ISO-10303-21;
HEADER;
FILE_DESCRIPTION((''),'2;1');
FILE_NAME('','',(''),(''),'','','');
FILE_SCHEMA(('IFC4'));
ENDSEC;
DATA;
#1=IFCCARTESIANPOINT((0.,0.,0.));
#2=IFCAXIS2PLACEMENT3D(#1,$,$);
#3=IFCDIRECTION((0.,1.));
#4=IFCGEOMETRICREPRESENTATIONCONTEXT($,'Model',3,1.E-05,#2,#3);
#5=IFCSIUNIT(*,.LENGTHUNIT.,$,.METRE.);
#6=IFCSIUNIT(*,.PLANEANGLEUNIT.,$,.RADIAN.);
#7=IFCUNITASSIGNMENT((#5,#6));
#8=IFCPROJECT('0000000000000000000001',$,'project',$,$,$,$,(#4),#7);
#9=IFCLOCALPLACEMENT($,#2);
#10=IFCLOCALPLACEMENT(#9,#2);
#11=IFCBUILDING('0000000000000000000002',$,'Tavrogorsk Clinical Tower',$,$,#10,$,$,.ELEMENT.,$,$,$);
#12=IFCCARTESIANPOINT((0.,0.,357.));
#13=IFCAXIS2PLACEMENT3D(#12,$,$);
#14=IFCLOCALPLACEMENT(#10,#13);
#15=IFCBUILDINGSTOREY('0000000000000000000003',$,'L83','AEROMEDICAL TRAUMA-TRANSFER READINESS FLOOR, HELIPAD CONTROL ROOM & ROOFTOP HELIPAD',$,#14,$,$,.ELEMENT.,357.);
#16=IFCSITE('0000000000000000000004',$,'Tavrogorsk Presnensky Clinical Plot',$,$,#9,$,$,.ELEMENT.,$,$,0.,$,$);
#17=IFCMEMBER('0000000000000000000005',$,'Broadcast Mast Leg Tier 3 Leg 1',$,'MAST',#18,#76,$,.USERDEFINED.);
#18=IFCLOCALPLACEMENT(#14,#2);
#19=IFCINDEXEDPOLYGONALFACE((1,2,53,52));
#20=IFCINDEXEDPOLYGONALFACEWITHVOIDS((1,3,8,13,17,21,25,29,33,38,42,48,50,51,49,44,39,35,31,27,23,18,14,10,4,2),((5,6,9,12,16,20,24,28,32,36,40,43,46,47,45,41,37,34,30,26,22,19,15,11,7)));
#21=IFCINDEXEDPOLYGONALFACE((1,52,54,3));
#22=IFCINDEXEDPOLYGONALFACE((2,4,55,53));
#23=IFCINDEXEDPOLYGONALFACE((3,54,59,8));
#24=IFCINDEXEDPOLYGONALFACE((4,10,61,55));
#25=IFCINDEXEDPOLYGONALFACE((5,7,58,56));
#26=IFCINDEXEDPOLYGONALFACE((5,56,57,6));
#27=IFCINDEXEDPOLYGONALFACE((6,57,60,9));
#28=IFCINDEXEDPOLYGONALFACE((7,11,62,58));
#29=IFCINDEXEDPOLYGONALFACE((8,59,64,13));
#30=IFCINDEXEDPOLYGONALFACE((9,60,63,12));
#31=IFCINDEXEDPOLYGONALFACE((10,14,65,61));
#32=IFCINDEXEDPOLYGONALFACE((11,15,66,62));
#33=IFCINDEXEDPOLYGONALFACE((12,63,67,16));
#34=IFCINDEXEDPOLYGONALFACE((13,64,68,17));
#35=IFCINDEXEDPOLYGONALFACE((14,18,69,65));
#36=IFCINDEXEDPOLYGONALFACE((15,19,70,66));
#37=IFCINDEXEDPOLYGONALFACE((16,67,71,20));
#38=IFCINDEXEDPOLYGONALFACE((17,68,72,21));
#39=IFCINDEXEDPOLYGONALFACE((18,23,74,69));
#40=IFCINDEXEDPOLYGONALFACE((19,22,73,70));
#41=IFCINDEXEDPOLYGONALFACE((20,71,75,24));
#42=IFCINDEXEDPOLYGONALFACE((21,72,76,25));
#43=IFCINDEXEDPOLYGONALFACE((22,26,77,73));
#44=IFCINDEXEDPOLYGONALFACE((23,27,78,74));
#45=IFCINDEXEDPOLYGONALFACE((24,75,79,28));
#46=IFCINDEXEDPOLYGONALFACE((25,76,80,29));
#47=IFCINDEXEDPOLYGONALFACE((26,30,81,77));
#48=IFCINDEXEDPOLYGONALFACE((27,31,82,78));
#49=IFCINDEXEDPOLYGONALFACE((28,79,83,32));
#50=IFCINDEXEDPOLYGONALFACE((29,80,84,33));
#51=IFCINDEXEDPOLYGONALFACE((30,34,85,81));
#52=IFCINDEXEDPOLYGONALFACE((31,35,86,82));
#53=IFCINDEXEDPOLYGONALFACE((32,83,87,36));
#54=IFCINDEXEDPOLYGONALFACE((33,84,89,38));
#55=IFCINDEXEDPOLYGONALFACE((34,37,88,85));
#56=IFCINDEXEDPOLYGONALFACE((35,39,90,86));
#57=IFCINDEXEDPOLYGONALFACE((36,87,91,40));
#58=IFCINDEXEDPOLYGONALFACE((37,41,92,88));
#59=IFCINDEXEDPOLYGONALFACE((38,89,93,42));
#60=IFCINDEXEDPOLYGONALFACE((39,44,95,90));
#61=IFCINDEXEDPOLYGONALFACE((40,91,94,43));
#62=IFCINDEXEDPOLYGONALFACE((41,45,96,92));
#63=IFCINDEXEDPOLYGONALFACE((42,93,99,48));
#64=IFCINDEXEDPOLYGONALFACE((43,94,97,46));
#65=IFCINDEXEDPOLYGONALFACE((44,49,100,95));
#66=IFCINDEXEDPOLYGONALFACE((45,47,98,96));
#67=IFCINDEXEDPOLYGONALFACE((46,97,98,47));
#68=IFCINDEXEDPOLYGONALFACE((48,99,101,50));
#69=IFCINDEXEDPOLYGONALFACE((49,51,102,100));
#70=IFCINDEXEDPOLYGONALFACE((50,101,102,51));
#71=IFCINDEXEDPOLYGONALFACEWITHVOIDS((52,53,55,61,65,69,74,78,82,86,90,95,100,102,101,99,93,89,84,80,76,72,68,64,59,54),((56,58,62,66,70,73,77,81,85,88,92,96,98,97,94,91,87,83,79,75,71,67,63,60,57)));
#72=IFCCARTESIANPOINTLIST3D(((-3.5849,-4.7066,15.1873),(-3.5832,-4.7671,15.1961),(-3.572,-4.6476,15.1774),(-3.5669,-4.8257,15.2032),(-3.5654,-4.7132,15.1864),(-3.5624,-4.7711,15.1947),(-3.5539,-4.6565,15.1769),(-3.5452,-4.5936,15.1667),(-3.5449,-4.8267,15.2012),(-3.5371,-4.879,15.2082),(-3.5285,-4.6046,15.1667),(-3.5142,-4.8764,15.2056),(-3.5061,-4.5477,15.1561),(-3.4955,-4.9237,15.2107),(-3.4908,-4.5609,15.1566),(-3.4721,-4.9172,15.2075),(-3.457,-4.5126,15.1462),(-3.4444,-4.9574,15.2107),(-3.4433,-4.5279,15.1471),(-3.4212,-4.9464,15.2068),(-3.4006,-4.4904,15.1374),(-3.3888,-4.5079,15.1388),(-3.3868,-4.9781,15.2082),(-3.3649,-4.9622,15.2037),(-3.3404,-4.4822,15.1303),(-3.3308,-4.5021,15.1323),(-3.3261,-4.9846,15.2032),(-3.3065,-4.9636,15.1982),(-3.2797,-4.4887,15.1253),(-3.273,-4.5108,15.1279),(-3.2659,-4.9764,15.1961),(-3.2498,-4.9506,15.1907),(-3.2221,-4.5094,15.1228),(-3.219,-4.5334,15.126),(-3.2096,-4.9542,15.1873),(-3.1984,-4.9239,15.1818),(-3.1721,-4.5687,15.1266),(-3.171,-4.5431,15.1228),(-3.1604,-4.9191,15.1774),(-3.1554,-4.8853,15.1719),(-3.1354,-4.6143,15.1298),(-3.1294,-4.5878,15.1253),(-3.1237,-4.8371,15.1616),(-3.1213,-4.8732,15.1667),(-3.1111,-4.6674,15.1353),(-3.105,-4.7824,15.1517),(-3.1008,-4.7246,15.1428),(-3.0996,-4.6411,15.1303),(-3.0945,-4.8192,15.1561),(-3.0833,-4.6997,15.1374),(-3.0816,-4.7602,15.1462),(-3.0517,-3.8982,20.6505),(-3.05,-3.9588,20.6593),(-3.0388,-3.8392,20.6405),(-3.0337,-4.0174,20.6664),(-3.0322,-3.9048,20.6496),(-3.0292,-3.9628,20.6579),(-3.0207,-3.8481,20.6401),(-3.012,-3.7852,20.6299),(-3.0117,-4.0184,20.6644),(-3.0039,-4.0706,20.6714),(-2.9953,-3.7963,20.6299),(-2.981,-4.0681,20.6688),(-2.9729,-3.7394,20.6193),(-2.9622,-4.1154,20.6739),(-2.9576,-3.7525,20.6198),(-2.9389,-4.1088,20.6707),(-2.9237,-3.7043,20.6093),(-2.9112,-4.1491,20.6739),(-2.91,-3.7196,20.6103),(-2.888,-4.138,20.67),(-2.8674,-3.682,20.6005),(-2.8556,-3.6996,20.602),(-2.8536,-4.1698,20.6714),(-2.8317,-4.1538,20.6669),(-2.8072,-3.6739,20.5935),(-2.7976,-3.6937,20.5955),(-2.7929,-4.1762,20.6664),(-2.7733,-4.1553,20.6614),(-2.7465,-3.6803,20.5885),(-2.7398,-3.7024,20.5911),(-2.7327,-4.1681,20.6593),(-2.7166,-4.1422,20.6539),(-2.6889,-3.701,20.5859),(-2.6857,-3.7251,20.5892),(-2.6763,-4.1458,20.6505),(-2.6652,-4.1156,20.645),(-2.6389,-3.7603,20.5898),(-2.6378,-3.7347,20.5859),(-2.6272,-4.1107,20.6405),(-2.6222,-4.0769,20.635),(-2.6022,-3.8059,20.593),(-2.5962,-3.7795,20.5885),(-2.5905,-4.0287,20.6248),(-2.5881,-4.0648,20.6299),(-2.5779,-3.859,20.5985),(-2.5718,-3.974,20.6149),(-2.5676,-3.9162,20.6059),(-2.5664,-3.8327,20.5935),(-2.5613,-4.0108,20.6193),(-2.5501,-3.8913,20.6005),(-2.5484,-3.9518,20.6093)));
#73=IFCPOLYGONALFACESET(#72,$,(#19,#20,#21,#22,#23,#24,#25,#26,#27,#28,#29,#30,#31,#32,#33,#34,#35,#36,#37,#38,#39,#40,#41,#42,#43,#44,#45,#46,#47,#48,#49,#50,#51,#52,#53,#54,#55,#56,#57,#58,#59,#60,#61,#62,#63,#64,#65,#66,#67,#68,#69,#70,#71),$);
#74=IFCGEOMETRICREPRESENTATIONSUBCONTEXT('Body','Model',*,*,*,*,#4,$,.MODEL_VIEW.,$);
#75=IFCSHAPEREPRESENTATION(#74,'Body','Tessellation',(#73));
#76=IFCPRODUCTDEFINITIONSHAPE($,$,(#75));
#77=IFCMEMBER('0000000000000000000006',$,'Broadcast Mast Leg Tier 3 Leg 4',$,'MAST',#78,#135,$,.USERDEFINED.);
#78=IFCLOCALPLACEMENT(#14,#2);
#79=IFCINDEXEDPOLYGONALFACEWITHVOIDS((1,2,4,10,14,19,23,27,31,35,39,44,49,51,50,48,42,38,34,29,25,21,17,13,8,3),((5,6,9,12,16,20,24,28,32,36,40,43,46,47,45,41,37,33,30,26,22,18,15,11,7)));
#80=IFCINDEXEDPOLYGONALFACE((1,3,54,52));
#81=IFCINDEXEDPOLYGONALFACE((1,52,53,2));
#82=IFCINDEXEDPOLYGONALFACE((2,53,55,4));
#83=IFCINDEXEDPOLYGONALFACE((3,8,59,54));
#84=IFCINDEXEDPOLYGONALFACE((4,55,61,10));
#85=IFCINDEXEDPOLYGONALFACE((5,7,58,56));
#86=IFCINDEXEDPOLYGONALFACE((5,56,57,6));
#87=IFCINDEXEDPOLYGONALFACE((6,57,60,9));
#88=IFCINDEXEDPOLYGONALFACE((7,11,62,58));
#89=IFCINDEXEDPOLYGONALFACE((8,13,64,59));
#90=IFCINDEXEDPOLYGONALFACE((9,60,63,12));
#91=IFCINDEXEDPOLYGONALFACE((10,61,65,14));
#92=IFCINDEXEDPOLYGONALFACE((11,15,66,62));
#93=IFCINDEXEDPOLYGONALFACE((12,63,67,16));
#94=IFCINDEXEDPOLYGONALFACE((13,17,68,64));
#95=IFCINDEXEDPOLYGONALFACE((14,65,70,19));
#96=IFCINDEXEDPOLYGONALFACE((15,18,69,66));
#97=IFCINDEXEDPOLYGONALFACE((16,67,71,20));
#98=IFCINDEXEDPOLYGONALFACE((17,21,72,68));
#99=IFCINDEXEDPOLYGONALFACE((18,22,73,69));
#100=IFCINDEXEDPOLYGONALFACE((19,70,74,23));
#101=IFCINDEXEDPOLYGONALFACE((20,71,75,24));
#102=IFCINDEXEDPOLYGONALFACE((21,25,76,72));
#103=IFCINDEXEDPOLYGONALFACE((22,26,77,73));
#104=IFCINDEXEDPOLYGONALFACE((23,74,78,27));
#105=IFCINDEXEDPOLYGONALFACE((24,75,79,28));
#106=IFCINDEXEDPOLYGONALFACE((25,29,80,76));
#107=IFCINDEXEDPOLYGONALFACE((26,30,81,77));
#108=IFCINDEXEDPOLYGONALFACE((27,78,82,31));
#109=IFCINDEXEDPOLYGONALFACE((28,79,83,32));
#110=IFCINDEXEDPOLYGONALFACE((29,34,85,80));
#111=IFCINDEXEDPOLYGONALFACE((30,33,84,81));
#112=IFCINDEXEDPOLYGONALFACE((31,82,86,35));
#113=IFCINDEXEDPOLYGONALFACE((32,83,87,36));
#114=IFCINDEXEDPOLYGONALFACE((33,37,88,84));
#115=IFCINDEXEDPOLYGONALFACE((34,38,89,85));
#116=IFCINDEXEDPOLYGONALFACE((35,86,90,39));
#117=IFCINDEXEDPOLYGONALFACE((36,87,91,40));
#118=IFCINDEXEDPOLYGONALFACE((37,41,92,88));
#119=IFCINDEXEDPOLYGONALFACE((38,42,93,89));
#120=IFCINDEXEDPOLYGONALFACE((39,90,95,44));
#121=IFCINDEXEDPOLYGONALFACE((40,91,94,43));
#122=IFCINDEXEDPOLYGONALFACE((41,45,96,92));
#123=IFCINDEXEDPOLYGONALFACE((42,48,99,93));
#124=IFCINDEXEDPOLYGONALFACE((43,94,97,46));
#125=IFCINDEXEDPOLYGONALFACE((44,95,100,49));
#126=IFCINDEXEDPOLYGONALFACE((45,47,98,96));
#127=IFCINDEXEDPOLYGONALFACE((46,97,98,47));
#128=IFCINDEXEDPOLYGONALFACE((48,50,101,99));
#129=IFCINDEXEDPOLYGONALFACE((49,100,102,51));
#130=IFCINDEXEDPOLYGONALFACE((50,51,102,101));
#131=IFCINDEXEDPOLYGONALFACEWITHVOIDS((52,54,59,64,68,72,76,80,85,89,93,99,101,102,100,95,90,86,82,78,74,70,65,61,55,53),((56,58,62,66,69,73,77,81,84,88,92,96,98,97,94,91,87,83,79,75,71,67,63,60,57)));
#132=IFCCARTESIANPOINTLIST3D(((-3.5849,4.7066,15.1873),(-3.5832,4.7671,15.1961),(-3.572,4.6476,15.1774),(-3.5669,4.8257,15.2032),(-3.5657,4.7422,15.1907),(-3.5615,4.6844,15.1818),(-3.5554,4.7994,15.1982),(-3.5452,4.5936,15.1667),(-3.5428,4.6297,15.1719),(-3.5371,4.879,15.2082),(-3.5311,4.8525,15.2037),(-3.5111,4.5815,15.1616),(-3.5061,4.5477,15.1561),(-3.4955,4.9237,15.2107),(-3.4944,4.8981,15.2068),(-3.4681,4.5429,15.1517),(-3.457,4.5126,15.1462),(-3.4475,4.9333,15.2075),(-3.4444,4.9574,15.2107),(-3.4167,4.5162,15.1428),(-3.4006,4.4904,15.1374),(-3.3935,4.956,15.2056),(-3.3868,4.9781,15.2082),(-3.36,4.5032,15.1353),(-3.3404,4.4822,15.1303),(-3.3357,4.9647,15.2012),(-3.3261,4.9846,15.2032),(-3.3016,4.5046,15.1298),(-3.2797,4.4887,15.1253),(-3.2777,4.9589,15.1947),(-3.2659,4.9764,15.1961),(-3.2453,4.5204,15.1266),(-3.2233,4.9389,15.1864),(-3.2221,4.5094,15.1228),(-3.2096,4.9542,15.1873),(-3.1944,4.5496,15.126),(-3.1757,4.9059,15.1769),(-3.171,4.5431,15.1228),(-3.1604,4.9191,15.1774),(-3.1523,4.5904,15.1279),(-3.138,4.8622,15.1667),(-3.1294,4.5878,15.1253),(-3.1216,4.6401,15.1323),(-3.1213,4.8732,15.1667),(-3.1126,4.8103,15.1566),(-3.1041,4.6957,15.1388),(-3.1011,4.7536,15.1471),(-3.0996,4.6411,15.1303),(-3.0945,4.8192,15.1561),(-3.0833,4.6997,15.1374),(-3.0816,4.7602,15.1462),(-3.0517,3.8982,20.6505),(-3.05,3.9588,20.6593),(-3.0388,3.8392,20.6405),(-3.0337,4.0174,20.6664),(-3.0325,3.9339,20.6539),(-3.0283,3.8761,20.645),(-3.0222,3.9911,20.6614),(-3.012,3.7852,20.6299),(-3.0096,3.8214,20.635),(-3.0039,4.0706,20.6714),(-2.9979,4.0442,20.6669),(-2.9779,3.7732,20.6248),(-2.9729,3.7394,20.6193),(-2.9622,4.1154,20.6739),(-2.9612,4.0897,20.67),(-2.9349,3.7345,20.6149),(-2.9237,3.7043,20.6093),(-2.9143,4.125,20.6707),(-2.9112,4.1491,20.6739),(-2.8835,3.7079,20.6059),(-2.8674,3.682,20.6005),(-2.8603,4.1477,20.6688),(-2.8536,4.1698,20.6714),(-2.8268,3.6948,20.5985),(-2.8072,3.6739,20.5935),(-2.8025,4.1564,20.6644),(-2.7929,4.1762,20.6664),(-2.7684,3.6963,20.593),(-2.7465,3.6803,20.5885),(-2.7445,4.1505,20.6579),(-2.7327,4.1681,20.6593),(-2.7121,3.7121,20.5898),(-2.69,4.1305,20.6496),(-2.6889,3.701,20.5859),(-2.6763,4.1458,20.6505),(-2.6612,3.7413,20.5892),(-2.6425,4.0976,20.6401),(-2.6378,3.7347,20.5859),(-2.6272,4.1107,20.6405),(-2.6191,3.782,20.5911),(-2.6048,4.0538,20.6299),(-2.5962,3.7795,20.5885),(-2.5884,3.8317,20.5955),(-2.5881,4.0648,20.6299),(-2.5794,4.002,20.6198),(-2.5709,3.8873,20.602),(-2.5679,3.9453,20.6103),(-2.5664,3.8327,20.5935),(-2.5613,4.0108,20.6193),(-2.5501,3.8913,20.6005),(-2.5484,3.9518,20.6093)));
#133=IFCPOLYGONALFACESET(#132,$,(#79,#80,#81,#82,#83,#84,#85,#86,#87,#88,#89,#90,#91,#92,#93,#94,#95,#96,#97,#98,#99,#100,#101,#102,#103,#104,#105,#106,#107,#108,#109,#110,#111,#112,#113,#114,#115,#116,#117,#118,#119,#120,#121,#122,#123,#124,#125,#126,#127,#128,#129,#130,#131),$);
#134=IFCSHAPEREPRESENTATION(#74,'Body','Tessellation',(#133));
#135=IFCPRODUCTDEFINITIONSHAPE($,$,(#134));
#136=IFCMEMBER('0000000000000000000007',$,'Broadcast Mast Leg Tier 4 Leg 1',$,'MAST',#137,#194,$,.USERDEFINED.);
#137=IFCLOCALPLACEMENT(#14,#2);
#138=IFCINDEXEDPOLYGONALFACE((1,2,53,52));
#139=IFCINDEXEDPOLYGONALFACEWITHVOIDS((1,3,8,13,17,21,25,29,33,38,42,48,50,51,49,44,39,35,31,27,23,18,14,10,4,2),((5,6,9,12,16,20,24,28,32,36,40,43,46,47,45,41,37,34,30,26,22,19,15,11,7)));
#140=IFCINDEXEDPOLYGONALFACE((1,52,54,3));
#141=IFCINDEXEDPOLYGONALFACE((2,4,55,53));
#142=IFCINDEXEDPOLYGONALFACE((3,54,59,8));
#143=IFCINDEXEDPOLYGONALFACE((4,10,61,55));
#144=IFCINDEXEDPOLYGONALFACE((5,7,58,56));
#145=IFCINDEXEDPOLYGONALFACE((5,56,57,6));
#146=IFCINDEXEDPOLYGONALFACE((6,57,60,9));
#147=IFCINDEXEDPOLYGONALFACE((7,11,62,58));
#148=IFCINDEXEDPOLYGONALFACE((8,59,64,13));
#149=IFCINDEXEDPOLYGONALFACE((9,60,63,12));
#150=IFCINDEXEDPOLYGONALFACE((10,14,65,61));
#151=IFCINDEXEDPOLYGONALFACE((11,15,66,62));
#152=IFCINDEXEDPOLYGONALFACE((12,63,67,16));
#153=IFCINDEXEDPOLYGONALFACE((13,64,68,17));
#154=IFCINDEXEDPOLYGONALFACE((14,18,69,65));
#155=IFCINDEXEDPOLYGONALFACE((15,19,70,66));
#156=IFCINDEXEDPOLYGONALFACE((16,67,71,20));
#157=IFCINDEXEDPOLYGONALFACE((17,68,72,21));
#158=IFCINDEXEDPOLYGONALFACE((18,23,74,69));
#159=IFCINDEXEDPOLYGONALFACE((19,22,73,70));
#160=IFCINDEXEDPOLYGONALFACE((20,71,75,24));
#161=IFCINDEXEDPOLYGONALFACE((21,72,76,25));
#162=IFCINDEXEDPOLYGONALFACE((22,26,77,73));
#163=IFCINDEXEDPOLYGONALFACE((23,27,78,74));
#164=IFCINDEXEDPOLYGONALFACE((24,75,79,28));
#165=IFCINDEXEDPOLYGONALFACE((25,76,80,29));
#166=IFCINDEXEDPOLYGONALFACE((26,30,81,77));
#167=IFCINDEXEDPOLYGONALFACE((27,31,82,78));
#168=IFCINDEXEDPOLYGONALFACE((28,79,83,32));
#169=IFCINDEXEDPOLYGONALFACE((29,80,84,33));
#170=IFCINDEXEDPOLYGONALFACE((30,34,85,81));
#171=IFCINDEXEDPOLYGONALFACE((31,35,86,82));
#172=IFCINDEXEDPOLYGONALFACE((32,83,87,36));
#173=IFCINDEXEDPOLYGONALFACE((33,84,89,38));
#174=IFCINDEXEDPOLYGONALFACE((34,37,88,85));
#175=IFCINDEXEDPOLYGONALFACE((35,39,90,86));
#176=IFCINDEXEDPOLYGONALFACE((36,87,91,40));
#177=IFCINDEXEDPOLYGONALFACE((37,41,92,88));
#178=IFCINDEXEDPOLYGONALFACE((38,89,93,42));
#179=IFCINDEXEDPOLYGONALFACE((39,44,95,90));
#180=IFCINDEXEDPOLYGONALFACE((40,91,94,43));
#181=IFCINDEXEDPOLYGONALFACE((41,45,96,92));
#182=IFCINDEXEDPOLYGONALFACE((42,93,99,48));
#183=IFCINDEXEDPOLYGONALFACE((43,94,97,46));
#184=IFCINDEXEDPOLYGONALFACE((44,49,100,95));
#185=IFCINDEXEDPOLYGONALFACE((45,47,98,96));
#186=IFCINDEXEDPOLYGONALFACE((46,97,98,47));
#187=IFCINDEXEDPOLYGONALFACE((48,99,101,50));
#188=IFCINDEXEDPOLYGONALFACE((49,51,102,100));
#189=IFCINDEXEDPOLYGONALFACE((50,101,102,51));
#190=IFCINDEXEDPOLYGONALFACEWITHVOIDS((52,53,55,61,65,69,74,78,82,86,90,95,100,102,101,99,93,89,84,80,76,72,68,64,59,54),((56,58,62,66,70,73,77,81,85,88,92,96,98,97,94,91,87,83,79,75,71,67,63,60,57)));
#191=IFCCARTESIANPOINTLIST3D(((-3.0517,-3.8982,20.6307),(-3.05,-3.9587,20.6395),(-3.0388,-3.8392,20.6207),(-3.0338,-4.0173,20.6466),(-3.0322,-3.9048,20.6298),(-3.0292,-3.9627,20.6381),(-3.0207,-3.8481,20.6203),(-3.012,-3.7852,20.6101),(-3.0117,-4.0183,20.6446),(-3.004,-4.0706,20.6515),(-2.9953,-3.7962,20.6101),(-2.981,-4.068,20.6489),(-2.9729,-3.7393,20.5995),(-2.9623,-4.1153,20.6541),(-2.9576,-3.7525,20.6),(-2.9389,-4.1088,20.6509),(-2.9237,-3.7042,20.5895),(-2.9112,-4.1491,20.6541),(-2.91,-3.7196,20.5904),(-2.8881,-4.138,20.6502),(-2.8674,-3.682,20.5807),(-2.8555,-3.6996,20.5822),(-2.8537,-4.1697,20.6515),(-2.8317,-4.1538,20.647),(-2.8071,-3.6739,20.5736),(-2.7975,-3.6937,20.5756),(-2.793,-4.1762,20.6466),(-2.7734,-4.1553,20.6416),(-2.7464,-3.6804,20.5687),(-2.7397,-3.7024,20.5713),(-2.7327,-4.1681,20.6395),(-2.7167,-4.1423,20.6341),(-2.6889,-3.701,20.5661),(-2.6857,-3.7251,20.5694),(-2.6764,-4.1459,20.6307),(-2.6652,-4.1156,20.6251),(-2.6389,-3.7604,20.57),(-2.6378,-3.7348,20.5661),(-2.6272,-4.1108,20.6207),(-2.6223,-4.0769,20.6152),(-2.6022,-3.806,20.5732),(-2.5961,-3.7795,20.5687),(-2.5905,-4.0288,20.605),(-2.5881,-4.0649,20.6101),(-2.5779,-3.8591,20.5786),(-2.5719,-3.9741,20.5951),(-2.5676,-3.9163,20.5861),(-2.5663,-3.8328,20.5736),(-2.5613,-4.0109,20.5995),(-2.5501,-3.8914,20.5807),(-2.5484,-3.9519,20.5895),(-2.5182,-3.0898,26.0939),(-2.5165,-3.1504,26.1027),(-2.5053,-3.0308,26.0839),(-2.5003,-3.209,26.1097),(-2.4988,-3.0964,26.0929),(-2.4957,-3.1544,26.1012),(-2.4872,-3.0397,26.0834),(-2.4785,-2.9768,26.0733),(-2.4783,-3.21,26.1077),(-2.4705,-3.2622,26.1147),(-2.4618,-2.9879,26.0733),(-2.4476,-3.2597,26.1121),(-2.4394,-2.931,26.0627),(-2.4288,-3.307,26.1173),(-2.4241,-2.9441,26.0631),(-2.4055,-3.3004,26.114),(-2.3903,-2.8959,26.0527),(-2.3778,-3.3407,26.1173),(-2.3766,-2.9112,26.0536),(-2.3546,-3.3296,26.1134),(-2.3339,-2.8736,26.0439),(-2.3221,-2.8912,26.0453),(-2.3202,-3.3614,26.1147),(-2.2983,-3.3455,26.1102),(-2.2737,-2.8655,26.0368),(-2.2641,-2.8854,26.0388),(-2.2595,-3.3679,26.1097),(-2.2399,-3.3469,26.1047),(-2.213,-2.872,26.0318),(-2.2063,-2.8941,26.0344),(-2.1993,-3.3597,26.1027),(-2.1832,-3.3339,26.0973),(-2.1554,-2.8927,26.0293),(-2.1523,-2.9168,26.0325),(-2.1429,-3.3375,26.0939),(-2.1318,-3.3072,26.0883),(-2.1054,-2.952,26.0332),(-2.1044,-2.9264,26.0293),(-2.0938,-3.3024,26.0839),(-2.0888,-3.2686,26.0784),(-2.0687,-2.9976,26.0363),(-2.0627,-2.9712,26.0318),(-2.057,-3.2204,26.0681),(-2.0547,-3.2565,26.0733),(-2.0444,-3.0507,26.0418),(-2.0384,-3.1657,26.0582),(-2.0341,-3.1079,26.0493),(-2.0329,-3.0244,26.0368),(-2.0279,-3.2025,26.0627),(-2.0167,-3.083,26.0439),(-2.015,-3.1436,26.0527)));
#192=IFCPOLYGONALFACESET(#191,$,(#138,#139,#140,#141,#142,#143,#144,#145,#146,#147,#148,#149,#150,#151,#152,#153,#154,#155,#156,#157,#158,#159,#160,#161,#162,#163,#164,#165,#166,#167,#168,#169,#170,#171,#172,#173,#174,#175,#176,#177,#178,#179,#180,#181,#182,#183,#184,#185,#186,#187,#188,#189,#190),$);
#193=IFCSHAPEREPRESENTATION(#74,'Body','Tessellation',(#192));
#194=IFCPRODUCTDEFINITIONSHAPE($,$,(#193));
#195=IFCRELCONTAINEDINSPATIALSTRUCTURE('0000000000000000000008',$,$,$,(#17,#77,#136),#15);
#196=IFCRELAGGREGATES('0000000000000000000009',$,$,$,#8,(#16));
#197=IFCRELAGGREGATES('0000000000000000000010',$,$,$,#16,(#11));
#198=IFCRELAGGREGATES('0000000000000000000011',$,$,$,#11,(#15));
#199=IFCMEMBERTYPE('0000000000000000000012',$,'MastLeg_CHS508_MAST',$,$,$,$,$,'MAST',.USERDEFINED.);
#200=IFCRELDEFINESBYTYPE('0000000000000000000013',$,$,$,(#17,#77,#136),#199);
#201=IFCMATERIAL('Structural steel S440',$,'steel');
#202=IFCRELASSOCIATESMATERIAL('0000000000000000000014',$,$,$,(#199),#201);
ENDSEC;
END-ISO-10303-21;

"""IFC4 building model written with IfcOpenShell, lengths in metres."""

from ifc_helpers import new_model, si_unit, direction, frame, origin, origin_2d, place, context, subcontext, project, spatial, hollow_circle, extrude, material, material_profile, profile_set, type_object, element, save


model = new_model("IFC4")

# Units and contexts
model_context = context("Model", 3, precision=1e-05, world=origin(), true_north=direction((0.0, 1.0)))
body_context = subcontext(model_context, "Body", "Model", "MODEL_VIEW")
ifc_project = project(units=[si_unit("LENGTHUNIT", "METRE"), si_unit("PLANEANGLEUNIT", "RADIAN")], contexts=[model_context])

# Site, building, storey
site_placement = place(None, origin())
site = spatial("IfcSite", under=ifc_project, at=site_placement, Name="Tavrogorsk Presnensky Clinical Plot", CompositionType="ELEMENT", RefElevation=0.0)
building_placement = place(site_placement, origin())
building = spatial("IfcBuilding", under=site, at=building_placement, Name="Tavrogorsk Clinical Tower", CompositionType="ELEMENT")
storey_placement = place(building_placement, frame((0.0, 0.0, 357.0)))
storey = spatial("IfcBuildingStorey", under=building, at=storey_placement, Name="L83", Description="AEROMEDICAL TRAUMA-TRANSFER READINESS FLOOR, HELIPAD CONTROL ROOM & ROOFTOP HELIPAD", CompositionType="ELEMENT", Elevation=357.0)

# Members
ifc_material_1 = material(Name="Structural steel S440", Category="steel")
ifc_material_profile_1 = material_profile(ifc_material_1, hollow_circle(Radius=0.2539, WallThickness=0.02, at=origin_2d()), Name="CHS-508x20")
ifc_profile_set_1 = profile_set([ifc_material_profile_1], Name="Structural steel S440")
member_type_1 = type_object("IfcMemberType", Name="MastLeg_CHS508_MAST", ElementType="MAST", PredefinedType="USERDEFINED", material=ifc_profile_set_1)
for number, where, z_axis, x_axis, name in (
    (1, (-3.3333, -4.7334, 15.1667), (0.096102, 0.145693, 0.984651), (-0.834755, 0.550621, 0.0), "Broadcast Mast Leg Tier 3 Leg 1"),
    (2, (-3.3333, 4.7334, 15.1667), (0.096102, -0.145693, 0.984651), (0.834755, 0.550621, 0.0), "Broadcast Mast Leg Tier 3 Leg 4"),
    (3, (-2.8, -3.925, 20.6101), (0.096146, 0.145693, 0.984647), (-0.83464, 0.550797, 0.0), "Broadcast Mast Leg Tier 4 Leg 1"),
):
    element("IfcMember", number, at=place(storey_placement, frame(where, z_axis=z_axis, x_axis=x_axis)), inside=storey, type_object=member_type_1, Name=name, ObjectType="MAST", PredefinedType="USERDEFINED", context=body_context, shape_type="SweptSolid", body=[
        extrude(hollow_circle(Radius=0.2539, WallThickness=0.02, at=origin_2d()), origin(), (0.0, 0.0, 1.0), 5.5483),
    ])

save(model, "model.ifc")
